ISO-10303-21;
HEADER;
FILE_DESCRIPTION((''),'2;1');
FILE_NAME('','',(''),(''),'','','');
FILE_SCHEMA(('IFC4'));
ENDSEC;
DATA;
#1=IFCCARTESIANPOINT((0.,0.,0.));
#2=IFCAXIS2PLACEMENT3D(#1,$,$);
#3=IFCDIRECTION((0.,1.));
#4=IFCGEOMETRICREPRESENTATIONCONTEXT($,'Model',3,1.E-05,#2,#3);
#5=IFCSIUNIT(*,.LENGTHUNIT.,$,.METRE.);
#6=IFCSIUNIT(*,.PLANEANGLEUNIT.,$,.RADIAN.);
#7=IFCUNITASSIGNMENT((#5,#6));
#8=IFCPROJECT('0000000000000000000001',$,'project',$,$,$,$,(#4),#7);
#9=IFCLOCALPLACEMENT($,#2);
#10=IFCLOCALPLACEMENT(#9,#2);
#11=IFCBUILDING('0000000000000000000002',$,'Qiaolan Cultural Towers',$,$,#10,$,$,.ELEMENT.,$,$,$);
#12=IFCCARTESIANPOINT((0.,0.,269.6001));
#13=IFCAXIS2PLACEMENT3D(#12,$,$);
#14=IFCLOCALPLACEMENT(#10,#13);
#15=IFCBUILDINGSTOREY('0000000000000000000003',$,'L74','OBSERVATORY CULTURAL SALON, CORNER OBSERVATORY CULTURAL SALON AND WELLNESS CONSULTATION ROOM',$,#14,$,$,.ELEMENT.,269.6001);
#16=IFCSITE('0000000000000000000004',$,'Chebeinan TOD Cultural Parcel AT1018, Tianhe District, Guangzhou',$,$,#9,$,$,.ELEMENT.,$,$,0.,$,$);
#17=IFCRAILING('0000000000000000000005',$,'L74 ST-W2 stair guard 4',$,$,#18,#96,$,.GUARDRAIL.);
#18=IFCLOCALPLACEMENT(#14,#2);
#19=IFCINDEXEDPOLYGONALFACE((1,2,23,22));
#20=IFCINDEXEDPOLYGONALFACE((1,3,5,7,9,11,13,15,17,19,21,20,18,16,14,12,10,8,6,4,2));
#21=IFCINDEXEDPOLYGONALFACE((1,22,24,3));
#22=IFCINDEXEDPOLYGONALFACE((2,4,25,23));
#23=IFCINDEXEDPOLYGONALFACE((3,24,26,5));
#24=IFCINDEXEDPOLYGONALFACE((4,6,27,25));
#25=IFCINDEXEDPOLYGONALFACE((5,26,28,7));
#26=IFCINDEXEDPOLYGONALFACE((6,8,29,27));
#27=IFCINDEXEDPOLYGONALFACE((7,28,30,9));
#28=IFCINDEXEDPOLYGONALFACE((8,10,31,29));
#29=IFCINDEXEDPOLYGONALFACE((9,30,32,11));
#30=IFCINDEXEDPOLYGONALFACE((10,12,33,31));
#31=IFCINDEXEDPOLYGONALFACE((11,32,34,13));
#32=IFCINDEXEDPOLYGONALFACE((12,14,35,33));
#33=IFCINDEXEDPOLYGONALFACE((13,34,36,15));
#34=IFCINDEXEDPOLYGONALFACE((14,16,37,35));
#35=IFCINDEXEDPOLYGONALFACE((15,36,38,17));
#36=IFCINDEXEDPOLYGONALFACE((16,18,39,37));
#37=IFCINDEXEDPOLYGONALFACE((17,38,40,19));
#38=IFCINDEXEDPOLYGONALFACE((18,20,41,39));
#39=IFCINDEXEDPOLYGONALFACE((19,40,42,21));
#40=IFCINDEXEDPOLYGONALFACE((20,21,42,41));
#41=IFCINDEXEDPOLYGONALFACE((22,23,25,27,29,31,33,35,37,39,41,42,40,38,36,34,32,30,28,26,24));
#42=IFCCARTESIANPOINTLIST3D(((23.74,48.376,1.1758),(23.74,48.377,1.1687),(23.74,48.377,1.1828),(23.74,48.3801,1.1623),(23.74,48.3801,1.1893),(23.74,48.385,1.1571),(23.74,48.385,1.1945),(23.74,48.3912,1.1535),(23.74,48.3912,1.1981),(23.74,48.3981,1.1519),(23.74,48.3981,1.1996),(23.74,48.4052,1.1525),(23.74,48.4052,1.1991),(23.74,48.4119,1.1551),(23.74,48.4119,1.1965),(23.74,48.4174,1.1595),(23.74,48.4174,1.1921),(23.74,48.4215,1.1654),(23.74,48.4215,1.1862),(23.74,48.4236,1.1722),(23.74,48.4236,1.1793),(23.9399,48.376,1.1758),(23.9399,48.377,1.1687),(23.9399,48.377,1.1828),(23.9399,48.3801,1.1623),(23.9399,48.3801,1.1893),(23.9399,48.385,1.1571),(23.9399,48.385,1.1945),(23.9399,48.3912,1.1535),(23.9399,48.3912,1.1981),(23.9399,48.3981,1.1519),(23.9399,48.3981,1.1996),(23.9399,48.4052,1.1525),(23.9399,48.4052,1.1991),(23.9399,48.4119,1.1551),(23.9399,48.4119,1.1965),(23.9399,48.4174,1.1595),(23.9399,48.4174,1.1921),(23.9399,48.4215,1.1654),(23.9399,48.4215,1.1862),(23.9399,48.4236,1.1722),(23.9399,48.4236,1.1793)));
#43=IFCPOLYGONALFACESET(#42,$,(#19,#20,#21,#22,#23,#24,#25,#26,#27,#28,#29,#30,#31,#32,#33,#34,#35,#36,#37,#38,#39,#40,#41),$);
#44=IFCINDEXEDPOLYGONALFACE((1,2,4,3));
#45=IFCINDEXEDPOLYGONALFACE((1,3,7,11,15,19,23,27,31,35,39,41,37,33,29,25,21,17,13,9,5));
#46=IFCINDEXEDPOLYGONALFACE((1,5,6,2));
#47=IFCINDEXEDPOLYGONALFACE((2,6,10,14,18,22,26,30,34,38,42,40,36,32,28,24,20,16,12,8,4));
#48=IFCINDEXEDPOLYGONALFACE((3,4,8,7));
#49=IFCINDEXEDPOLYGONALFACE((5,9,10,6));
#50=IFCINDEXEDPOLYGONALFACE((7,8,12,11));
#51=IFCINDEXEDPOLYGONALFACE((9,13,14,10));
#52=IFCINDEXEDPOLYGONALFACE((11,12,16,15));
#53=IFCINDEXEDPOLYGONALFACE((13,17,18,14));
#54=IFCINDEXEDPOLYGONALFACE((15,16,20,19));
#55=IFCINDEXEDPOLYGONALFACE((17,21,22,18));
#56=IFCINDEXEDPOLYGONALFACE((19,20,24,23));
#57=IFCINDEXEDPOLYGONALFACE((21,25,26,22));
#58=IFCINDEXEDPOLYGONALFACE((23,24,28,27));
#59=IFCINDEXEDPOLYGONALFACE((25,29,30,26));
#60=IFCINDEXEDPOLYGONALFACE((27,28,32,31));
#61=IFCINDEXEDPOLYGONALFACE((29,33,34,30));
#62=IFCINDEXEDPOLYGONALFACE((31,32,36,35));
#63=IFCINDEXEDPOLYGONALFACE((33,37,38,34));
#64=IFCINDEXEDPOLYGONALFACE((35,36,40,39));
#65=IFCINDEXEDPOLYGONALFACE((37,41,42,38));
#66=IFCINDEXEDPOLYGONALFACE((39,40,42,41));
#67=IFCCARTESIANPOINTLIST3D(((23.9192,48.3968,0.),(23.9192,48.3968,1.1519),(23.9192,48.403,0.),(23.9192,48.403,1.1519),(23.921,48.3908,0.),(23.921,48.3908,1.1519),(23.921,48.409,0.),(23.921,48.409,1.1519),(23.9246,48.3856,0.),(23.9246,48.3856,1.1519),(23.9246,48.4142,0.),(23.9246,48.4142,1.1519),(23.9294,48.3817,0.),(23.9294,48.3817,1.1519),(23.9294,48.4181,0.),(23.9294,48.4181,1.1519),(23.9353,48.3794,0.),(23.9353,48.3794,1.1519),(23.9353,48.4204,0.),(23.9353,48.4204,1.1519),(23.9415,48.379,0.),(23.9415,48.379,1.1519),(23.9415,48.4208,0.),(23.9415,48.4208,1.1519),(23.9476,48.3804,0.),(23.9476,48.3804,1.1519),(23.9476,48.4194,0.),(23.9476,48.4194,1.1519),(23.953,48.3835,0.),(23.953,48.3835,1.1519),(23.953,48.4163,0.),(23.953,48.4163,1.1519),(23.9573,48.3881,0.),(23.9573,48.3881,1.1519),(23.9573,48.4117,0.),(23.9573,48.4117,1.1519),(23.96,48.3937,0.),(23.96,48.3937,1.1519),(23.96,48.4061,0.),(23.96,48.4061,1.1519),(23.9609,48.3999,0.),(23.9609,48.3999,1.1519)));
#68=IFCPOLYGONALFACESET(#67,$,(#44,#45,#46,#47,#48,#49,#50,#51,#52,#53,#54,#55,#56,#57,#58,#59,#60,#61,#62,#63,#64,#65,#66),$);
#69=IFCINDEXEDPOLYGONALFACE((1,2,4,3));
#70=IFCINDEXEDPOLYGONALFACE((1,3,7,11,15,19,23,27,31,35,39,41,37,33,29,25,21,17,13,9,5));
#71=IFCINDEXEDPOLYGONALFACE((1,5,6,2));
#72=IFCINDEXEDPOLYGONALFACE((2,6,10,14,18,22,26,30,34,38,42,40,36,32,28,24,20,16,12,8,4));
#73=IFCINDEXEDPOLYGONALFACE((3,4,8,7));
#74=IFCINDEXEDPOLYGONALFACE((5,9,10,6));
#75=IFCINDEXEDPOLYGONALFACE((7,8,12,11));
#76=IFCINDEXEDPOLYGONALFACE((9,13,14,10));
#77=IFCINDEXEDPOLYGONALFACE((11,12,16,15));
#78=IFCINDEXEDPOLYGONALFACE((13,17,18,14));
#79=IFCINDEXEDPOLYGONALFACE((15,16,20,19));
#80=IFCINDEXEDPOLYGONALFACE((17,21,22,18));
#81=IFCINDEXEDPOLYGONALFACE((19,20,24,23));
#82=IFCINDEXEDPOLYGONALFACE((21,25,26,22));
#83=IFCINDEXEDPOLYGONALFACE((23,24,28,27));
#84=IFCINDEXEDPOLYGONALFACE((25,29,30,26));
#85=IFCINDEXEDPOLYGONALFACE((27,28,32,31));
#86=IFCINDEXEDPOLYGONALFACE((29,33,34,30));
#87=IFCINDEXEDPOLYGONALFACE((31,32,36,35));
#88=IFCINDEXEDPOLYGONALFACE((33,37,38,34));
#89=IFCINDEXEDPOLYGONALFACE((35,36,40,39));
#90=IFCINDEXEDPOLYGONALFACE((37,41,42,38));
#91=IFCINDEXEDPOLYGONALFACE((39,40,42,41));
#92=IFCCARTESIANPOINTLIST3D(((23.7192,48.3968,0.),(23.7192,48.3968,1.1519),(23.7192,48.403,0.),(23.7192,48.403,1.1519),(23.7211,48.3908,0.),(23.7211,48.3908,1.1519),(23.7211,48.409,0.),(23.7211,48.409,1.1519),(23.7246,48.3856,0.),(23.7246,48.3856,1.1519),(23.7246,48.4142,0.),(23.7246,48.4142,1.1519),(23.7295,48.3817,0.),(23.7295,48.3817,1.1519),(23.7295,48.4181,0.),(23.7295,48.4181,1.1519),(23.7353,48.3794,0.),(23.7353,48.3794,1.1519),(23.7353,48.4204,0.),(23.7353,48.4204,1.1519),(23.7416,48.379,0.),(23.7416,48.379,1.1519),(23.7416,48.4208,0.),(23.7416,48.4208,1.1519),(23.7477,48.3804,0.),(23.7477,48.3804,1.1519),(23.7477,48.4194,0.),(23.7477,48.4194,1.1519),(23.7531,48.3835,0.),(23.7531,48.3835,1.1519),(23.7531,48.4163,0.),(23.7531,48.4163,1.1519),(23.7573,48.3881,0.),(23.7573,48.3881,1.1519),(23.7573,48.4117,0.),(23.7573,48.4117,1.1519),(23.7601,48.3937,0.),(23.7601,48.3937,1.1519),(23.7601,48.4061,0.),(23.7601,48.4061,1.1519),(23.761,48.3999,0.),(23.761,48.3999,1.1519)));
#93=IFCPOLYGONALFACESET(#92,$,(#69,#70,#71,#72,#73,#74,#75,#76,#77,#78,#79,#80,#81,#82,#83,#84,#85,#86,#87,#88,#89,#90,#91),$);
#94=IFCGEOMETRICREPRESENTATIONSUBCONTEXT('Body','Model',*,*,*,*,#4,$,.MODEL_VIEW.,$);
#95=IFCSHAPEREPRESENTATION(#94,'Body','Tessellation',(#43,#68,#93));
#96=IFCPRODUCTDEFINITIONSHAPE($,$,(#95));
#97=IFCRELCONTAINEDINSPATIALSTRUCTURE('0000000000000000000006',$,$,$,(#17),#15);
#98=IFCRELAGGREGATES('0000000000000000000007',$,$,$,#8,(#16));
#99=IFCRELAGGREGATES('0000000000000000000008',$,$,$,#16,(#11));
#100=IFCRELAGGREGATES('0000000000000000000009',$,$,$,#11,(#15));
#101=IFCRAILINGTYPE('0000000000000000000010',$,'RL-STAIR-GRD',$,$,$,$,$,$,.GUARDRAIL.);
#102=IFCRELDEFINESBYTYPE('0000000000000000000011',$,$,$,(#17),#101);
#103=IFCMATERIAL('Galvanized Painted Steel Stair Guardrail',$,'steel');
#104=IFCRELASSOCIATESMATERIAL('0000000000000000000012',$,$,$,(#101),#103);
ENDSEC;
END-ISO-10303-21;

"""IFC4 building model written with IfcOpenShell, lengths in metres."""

from ifc_helpers import new_model, si_unit, direction, frame, origin, origin_2d, place, context, subcontext, project, spatial, circle, extrude, material, type_object, element, save


model = new_model("IFC4")

# Units and contexts
model_context = context("Model", 3, precision=1e-05, world=origin(), true_north=direction((0.0, 1.0)))
body_context = subcontext(model_context, "Body", "Model", "MODEL_VIEW")
ifc_project = project(units=[si_unit("LENGTHUNIT", "METRE"), si_unit("PLANEANGLEUNIT", "RADIAN")], contexts=[model_context])

# Site, building, storey
site_placement = place(None, origin())
site = spatial("IfcSite", under=ifc_project, at=site_placement, Name="Chebeinan TOD Cultural Parcel AT1018, Tianhe District, Guangzhou", CompositionType="ELEMENT", RefElevation=0.0)
building_placement = place(site_placement, origin())
building = spatial("IfcBuilding", under=site, at=building_placement, Name="Qiaolan Cultural Towers", CompositionType="ELEMENT")
storey_placement = place(building_placement, frame((0.0, 0.0, 269.6001)))
storey = spatial("IfcBuildingStorey", under=building, at=storey_placement, Name="L74", Description="OBSERVATORY CULTURAL SALON, CORNER OBSERVATORY CULTURAL SALON AND WELLNESS CONSULTATION ROOM", CompositionType="ELEMENT", Elevation=269.6001)

# Railing
ifc_material_1 = material(Name="Galvanized Painted Steel Stair Guardrail", Category="steel")
railing_type_1 = type_object("IfcRailingType", Name="RL-STAIR-GRD", PredefinedType="GUARDRAIL", material=ifc_material_1)
railing_1_placement = place(storey_placement, frame((23.9399, 48.3999, 0.0)))
element("IfcRailing", 1, at=railing_1_placement, inside=storey, type_object=railing_type_1, Name="L74 ST-W2 stair guard 4", PredefinedType="GUARDRAIL", context=body_context, shape_type="SweptSolid", body=[
    extrude(circle(Radius=0.0239, at=origin_2d()), frame((0.0, 0.0, 1.1758), z_axis=(-1.0, 0.0, 0.0), x_axis=(0.0, -1.0, 0.0)), (0.0, 0.0, 1.0), 0.2),
    extrude(circle(Radius=0.021, at=origin_2d()), origin(), (0.0, 0.0, 1.0), 1.1519),
    extrude(circle(Radius=0.021, at=origin_2d()), frame((-0.2, 0.0, 0.0)), (0.0, 0.0, 1.0), 1.1519),
])

save(model, "model.ifc")
